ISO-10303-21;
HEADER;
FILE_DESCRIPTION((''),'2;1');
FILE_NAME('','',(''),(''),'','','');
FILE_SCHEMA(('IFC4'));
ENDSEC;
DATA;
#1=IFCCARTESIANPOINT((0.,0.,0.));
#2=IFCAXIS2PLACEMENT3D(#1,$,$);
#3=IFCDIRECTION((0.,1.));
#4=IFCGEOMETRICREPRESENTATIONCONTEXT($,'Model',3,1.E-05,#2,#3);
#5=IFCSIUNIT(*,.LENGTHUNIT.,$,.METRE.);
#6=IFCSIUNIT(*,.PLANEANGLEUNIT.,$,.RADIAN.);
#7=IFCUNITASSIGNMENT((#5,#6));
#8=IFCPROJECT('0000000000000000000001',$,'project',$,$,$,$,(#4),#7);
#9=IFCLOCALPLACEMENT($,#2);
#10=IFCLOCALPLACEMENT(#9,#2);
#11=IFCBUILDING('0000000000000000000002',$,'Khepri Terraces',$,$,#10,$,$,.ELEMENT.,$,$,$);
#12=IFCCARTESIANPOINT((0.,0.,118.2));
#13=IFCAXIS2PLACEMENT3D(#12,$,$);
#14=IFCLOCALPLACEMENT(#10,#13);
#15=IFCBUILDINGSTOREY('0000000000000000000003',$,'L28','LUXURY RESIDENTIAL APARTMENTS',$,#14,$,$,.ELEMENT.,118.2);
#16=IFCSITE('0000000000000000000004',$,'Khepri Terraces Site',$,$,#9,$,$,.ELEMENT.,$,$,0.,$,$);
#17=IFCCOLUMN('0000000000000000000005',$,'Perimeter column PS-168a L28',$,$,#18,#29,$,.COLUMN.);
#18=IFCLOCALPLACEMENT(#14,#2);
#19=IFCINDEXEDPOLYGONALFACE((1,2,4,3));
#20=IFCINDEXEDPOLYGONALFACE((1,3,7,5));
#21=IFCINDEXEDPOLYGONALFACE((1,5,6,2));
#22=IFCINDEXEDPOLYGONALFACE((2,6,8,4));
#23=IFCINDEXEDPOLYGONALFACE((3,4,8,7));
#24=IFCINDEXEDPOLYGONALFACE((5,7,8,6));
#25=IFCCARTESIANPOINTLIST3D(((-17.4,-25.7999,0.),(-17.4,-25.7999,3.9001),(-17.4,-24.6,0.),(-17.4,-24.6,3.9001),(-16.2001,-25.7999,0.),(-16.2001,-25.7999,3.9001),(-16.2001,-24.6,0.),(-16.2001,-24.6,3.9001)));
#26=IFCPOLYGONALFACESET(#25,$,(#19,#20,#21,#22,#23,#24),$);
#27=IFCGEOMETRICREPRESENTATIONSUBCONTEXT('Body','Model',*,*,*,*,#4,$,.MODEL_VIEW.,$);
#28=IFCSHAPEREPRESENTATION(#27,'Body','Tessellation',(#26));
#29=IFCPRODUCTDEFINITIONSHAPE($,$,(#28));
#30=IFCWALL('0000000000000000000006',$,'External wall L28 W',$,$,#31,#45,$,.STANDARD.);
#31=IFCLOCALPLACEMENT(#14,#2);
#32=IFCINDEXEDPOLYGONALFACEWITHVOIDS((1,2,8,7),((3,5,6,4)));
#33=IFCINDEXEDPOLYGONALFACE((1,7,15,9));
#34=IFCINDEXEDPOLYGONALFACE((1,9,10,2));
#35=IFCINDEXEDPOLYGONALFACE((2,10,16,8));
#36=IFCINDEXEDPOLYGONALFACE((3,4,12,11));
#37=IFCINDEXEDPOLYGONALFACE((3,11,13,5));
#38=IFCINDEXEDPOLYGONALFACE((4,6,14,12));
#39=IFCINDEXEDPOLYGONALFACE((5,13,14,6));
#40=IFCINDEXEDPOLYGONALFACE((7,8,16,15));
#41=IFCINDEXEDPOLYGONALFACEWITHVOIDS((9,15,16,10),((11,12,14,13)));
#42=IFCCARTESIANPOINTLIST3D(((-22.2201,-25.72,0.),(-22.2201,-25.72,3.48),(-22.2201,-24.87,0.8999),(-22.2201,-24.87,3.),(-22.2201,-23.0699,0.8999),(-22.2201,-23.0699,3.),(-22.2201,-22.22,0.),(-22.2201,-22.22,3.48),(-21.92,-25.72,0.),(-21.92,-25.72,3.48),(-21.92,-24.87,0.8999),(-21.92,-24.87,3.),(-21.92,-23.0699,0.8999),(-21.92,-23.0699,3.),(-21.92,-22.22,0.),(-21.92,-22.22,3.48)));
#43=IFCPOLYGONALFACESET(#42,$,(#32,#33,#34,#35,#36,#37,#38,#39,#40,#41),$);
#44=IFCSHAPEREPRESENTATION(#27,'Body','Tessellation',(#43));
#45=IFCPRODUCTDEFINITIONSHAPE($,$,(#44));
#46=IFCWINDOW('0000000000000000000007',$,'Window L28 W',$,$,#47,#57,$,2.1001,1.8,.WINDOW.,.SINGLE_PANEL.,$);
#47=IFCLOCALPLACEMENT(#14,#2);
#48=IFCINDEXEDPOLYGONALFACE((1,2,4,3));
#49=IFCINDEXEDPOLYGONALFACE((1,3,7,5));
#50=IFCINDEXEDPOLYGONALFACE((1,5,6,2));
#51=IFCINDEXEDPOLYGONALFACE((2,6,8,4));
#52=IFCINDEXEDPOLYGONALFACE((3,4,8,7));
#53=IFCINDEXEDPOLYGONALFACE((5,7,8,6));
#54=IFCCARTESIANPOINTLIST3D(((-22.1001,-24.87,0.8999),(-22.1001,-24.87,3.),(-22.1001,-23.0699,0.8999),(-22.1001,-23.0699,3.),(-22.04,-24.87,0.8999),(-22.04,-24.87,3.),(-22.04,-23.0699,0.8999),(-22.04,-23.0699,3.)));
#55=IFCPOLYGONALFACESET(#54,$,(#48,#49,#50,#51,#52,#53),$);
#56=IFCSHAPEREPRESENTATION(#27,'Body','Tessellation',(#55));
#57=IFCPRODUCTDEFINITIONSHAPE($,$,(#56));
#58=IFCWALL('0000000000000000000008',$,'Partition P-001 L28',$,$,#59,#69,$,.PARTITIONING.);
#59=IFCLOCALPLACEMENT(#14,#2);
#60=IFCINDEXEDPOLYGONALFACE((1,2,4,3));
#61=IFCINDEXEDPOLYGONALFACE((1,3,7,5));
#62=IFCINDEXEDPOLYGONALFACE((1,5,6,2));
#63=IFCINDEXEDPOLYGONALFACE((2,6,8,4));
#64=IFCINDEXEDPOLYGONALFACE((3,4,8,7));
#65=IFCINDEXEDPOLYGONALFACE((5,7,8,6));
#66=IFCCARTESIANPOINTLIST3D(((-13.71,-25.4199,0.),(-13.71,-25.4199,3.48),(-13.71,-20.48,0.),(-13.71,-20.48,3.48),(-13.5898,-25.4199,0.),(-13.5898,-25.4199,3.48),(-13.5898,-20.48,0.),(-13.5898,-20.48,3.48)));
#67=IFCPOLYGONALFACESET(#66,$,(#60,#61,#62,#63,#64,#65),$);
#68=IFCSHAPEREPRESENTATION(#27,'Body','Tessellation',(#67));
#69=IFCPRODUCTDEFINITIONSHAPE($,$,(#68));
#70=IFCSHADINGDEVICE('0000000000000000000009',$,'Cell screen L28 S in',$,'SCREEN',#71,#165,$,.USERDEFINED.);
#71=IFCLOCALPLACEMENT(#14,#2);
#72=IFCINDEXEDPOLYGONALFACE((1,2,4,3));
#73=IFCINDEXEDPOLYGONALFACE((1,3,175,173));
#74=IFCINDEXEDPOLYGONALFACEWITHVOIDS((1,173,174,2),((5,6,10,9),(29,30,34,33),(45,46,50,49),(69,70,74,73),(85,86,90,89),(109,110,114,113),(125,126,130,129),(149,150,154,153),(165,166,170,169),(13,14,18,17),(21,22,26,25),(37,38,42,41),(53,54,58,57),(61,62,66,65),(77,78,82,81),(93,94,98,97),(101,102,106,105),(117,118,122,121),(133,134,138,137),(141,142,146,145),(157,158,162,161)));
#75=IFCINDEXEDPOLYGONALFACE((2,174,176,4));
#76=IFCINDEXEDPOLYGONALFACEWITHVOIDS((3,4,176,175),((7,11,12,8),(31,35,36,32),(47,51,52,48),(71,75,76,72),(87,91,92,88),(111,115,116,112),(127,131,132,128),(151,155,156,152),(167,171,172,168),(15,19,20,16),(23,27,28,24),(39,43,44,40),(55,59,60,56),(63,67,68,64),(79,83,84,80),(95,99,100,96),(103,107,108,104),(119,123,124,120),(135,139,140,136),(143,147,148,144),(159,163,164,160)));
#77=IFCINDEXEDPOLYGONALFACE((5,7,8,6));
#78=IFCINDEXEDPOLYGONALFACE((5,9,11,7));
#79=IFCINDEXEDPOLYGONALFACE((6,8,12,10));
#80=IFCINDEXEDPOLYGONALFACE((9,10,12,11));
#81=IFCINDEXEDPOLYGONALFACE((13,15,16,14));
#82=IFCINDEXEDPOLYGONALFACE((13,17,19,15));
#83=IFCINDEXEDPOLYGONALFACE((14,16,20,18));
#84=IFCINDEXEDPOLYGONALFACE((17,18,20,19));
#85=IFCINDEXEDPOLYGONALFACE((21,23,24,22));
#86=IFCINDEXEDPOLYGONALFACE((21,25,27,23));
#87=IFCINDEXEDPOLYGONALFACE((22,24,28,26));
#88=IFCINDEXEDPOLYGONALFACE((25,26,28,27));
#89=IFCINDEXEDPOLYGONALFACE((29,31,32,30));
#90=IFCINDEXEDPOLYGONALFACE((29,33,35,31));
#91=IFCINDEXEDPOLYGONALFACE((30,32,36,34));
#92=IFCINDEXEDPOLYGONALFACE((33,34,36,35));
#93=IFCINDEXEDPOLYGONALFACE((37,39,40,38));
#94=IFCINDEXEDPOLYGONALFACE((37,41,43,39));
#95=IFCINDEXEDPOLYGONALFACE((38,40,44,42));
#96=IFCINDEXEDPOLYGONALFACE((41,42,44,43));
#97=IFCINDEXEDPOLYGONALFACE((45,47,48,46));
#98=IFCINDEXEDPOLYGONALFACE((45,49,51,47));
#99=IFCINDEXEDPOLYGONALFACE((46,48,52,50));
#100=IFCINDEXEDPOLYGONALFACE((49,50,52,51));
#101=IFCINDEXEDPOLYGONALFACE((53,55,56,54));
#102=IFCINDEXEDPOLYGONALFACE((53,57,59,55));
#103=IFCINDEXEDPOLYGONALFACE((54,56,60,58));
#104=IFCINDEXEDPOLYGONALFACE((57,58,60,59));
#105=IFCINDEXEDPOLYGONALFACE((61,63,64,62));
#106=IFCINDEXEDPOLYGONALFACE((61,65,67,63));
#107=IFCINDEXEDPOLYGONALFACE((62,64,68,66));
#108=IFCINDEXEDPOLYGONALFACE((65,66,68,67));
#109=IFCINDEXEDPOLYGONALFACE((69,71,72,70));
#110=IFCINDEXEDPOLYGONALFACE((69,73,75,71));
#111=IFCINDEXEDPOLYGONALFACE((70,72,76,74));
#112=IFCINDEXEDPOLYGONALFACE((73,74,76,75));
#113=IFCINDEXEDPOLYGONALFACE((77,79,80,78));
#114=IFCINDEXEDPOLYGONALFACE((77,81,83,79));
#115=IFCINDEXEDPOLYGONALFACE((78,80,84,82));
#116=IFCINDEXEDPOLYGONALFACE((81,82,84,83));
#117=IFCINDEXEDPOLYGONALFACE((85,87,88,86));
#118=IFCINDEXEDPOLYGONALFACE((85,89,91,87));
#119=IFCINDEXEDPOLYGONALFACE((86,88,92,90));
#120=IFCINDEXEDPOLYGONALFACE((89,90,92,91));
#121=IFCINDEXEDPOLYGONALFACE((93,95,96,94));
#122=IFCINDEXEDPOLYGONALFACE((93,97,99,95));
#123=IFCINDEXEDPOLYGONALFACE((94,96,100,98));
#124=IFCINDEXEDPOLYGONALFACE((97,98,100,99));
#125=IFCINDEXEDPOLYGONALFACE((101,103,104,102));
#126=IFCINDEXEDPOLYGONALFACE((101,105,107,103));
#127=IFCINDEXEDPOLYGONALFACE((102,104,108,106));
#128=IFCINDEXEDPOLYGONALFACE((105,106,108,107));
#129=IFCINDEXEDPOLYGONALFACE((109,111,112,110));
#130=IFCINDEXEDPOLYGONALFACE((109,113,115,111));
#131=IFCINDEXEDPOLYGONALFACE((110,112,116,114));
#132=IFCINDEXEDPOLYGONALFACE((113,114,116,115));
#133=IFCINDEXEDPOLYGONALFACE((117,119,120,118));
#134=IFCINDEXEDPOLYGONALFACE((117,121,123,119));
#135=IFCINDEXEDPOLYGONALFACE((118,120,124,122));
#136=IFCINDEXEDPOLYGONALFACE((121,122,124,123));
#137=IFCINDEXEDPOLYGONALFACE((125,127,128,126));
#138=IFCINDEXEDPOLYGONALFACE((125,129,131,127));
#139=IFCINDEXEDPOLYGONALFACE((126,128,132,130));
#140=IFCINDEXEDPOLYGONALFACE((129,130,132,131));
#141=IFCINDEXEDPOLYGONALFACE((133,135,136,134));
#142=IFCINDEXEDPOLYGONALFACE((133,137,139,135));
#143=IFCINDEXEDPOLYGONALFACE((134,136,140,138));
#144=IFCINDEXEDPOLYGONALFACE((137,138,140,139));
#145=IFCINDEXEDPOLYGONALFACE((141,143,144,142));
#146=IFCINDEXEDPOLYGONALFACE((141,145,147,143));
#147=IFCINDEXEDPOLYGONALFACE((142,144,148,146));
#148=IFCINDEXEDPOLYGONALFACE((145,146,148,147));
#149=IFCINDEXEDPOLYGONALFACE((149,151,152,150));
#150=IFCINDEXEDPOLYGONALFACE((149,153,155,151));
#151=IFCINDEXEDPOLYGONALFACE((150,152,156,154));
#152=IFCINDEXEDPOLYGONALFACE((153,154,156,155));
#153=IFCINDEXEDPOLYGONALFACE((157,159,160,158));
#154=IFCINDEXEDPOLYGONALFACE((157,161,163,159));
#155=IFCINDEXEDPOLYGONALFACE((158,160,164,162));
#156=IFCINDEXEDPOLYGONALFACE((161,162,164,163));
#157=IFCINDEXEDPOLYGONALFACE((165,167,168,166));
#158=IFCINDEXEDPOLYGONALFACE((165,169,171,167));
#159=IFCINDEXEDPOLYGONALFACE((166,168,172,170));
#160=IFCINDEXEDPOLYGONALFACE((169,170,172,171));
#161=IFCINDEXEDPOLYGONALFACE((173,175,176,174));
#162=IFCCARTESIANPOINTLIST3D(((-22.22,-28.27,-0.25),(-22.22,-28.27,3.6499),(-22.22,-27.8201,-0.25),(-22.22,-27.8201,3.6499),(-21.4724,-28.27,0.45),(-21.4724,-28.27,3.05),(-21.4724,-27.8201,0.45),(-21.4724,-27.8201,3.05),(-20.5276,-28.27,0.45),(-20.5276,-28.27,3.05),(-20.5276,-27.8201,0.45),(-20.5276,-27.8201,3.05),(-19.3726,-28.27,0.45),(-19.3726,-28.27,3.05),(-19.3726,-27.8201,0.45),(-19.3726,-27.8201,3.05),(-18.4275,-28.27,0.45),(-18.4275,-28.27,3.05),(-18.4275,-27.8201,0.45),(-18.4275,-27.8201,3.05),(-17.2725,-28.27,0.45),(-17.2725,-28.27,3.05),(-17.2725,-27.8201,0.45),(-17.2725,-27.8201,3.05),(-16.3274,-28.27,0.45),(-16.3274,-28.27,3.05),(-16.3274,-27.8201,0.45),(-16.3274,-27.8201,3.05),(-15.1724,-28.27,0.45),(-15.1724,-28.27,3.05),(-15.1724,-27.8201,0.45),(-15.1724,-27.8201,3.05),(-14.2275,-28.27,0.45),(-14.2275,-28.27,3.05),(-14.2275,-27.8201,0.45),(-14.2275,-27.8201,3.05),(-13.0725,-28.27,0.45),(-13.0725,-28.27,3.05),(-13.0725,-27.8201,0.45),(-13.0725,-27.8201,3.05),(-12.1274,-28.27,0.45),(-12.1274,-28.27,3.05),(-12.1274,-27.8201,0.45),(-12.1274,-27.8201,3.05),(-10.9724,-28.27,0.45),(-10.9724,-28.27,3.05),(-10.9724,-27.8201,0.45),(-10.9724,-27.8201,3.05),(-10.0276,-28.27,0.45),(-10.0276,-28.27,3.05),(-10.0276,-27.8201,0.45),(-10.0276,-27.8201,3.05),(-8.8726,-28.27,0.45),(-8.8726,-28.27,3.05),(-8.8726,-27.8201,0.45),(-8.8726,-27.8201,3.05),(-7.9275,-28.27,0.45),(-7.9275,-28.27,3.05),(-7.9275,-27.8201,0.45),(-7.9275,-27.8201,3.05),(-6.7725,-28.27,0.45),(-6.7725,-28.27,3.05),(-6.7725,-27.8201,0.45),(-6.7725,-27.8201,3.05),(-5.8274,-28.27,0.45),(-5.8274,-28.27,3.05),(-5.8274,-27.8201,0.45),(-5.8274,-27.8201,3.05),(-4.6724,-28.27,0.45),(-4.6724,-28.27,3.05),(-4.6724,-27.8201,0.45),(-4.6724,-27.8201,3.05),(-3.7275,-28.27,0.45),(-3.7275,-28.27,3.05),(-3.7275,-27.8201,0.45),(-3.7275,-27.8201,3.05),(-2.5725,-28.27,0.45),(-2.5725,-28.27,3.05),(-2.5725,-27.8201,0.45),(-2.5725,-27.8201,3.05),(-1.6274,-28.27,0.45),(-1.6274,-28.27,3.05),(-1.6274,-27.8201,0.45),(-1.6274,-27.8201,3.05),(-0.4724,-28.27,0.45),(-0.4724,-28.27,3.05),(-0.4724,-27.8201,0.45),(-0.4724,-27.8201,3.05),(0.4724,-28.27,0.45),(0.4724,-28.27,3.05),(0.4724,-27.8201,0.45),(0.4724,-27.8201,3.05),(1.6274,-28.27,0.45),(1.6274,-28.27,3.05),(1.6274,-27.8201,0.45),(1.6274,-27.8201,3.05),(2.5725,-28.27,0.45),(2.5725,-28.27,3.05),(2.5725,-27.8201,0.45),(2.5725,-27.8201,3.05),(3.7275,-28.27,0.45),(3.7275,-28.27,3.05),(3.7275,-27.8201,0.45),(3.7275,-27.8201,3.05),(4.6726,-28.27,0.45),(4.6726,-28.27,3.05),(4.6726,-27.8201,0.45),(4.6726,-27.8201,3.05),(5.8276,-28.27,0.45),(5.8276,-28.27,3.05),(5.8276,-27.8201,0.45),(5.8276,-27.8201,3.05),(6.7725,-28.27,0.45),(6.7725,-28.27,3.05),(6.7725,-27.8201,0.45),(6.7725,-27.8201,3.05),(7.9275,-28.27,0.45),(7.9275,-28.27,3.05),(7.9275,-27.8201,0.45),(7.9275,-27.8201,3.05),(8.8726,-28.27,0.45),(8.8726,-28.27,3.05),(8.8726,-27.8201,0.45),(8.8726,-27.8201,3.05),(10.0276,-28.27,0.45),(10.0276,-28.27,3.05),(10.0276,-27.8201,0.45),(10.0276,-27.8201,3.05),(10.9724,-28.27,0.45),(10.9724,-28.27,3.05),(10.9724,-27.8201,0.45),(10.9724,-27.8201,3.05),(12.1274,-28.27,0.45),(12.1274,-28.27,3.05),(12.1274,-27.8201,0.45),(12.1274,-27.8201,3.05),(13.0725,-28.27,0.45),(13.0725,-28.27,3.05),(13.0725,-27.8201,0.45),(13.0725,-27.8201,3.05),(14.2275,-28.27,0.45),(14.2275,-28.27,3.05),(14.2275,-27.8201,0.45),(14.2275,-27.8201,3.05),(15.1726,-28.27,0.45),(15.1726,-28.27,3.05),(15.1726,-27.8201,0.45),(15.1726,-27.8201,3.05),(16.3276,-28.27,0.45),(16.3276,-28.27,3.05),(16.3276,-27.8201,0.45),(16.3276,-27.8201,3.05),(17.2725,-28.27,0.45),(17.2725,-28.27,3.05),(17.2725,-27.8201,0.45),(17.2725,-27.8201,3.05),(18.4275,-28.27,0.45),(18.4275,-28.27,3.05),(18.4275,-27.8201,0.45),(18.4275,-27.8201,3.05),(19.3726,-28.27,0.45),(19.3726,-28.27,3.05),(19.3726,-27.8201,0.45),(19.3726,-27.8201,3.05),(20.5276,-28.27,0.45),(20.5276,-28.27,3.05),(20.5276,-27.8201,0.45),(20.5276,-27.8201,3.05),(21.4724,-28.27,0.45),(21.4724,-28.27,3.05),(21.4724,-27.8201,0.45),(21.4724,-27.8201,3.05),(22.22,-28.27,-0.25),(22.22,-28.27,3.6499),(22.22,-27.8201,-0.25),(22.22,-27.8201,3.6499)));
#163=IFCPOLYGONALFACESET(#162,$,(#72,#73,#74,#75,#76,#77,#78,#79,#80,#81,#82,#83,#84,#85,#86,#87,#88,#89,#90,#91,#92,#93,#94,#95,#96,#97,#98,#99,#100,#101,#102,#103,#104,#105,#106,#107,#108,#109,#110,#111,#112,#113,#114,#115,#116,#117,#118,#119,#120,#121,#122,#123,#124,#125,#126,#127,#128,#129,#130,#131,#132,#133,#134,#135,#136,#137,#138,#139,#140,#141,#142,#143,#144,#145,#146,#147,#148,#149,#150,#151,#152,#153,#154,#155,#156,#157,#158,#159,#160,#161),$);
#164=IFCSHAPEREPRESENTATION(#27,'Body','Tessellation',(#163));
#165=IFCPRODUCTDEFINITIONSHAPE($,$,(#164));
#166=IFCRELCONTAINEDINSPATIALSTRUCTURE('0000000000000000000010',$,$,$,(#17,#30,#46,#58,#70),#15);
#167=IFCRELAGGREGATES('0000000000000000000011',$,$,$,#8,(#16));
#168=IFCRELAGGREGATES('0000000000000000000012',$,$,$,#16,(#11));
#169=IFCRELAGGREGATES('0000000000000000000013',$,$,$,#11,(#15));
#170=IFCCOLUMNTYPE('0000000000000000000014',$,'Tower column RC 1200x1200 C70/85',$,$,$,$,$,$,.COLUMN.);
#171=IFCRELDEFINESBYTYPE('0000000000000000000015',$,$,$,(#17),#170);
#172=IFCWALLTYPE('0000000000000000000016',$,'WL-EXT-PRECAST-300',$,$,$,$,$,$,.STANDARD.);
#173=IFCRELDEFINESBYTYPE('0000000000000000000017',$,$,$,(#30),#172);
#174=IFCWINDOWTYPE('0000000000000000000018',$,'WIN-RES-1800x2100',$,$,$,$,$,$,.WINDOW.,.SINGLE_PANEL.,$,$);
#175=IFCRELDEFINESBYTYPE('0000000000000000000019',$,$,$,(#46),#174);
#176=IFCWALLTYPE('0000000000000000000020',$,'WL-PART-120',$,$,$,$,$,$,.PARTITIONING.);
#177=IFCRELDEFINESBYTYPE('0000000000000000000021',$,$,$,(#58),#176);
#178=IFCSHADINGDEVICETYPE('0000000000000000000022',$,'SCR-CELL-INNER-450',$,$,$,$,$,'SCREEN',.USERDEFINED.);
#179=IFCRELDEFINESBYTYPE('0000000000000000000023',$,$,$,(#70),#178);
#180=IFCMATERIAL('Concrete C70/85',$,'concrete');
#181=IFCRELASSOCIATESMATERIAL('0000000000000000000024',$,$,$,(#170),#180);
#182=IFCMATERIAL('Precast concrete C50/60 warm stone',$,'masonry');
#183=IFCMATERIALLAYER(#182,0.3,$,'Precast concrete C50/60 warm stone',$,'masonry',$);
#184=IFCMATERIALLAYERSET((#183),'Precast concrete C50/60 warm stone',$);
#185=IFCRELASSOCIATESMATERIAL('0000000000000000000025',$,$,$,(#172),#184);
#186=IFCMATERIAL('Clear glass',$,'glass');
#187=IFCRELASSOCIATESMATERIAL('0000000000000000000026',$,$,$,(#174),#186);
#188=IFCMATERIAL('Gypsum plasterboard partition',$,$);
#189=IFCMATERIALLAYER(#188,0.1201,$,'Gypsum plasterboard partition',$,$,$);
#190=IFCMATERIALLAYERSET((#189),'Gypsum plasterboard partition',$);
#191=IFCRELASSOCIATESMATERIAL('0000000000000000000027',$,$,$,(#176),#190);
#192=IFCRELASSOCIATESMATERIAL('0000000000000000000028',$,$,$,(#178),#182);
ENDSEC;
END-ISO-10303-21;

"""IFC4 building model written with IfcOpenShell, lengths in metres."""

from ifc_helpers import new_model, si_unit, direction, frame, frame_2d, origin, origin_2d, place, context, subcontext, project, spatial, polyline, rectangle, outline, extrude, material, layer, layer_set, material_profile, profile_set, type_object, element, fill, save


model = new_model("IFC4")

# Units and contexts
model_context = context("Model", 3, precision=1e-05, world=origin(), true_north=direction((0.0, 1.0)))
body_context = subcontext(model_context, "Body", "Model", "MODEL_VIEW")
ifc_project = project(units=[si_unit("LENGTHUNIT", "METRE"), si_unit("PLANEANGLEUNIT", "RADIAN")], contexts=[model_context])

# Site, building, storey
site_placement = place(None, origin())
site = spatial("IfcSite", under=ifc_project, at=site_placement, Name="Khepri Terraces Site", CompositionType="ELEMENT", RefElevation=0.0)
building_placement = place(site_placement, origin())
building = spatial("IfcBuilding", under=site, at=building_placement, Name="Khepri Terraces", CompositionType="ELEMENT")
storey_placement = place(building_placement, frame((0.0, 0.0, 118.2)))
storey = spatial("IfcBuildingStorey", under=building, at=storey_placement, Name="L28", Description="LUXURY RESIDENTIAL APARTMENTS", CompositionType="ELEMENT", Elevation=118.2)

# Column
ifc_material_1 = material(Name="Concrete C70/85", Category="concrete")
ifc_material_profile = material_profile(ifc_material_1, rectangle(XDim=1.2, YDim=1.2, at=origin_2d()), Name="Concrete C70/85", Category="concrete")
ifc_profile_set = profile_set([ifc_material_profile], Name="Concrete C70/85")
column_type = type_object("IfcColumnType", Name="Tower column RC 1200x1200 C70/85", PredefinedType="COLUMN", material=ifc_profile_set)
column_placement = place(storey_placement, frame((-16.8, -25.2, 0.0), z_axis=(0.0, 0.0, 1.0), x_axis=(1.0, 0.0, 0.0)))
element("IfcColumn", 1, at=column_placement, inside=storey, type_object=column_type, Name="Perimeter column PS-168a L28", PredefinedType="COLUMN", context=body_context, shape_type="SweptSolid", body=[
    extrude(rectangle(XDim=1.2, YDim=1.2, at=origin_2d()), origin(), (0.0, 0.0, 1.0), 3.9001),
])

# Wall, opening, window
ifc_material_2 = material(Name="Precast concrete C50/60 warm stone", Category="masonry")
ifc_layer_1 = layer(ifc_material_2, 0.3, Name="Precast concrete C50/60 warm stone", Category="masonry")
ifc_layer_set_1 = layer_set([ifc_layer_1], Name="Precast concrete C50/60 warm stone")
wall_type_1 = type_object("IfcWallType", Name="WL-EXT-PRECAST-300", PredefinedType="STANDARD", material=ifc_layer_set_1)
wall_1_placement = place(storey_placement, frame((-22.0701, -22.22, 0.0), z_axis=(0.0, 0.0, 1.0), x_axis=(0.0, -1.0, 0.0)))
wall_1 = element("IfcWall", 2, at=wall_1_placement, inside=storey, type_object=wall_type_1, Name="External wall L28 W", PredefinedType="STANDARD", context=body_context, shape_type="SweptSolid", body=[
    extrude(rectangle(XDim=3.5, YDim=0.3, at=frame_2d((1.75, 0.0))), origin(), (0.0, 0.0, 1.0), 3.48),
])
opening_1_placement = place(wall_1_placement, frame((0.8501, 0.0, 0.8999)))
opening_1 = element("IfcOpeningElement", 3, at=opening_1_placement, cuts=wall_1, PredefinedType="OPENING", context=body_context, shape_type="SweptSolid", body=[
    extrude(rectangle(XDim=1.8, YDim=2.1001, at=frame_2d((0.8999, 1.05))), frame((0.0, 0.1602, 0.0), z_axis=(0.0, -1.0, 0.0), x_axis=(1.0, 0.0, 0.0)), (0.0, 0.0, 1.0), 0.3201),
])
ifc_material_3 = material(Name="Clear glass", Category="glass")
window_type = type_object("IfcWindowType", Name="WIN-RES-1800x2100", PartitioningType="SINGLE_PANEL", PredefinedType="WINDOW", material=ifc_material_3)
window_1_placement = place(opening_1_placement, origin())
window_1 = element("IfcWindow", 4, at=window_1_placement, inside=storey, type_object=window_type, Name="Window L28 W", OverallHeight=2.1001, OverallWidth=1.8, PartitioningType="SINGLE_PANEL", PredefinedType="WINDOW", context=body_context, shape_type="SweptSolid", body=[
    extrude(rectangle(XDim=1.8, YDim=2.1001, at=frame_2d((0.8999, 1.05))), frame((0.0, 0.03, 0.0), z_axis=(0.0, -1.0, 0.0), x_axis=(1.0, 0.0, 0.0)), (0.0, 0.0, 1.0), 0.0601),
])
fill(opening_1, window_1)

# Wall
ifc_material_4 = material(Name="Gypsum plasterboard partition")
ifc_layer_2 = layer(ifc_material_4, 0.1201, Name="Gypsum plasterboard partition")
ifc_layer_set_2 = layer_set([ifc_layer_2], Name="Gypsum plasterboard partition")
wall_type_2 = type_object("IfcWallType", Name="WL-PART-120", PredefinedType="PARTITIONING", material=ifc_layer_set_2)
wall_2_placement = place(storey_placement, frame((-13.6499, -25.4199, 0.0), z_axis=(0.0, 0.0, 1.0), x_axis=(0.0, 1.0, 0.0)))
element("IfcWall", 5, at=wall_2_placement, inside=storey, type_object=wall_type_2, Name="Partition P-001 L28", PredefinedType="PARTITIONING", context=body_context, shape_type="SweptSolid", body=[
    extrude(rectangle(XDim=4.9399, YDim=0.1201, at=frame_2d((2.47, 0.0))), origin(), (0.0, 0.0, 1.0), 3.48),
])

# Shading device
shading_device_type_1 = type_object("IfcShadingDeviceType", Name="SCR-CELL-INNER-450", ElementType="SCREEN", PredefinedType="USERDEFINED", material=ifc_material_2)
shading_device_1_placement = place(storey_placement, frame((-22.22, -27.8201, -0.25), z_axis=(0.0, -1.0, 0.0), x_axis=(1.0, 0.0, 0.0)))
element("IfcShadingDevice", 6, at=shading_device_1_placement, inside=storey, type_object=shading_device_type_1, Name="Cell screen L28 S in", ObjectType="SCREEN", PredefinedType="USERDEFINED", context=body_context, shape_type="SweptSolid", body=[
    extrude(outline(polyline([(0.0, 0.0), (44.4399, 0.0), (44.4399, 3.8999), (0.0, 3.8999), (0.0, 0.0)]), holes=[polyline([(0.7476, 0.7), (1.6924, 0.7), (1.6924, 3.3), (0.7476, 3.3), (0.7476, 0.7)]), polyline([(2.8474, 0.7), (3.7925, 0.7), (3.7925, 3.3), (2.8474, 3.3), (2.8474, 0.7)]), polyline([(4.9475, 0.7), (5.8926, 0.7), (5.8926, 3.3), (4.9475, 3.3), (4.9475, 0.7)]), polyline([(7.0476, 0.7), (7.9924, 0.7), (7.9924, 3.3), (7.0476, 3.3), (7.0476, 0.7)]), polyline([(9.1475, 0.7), (10.0925, 0.7), (10.0925, 3.3), (9.1475, 3.3), (9.1475, 0.7)]), polyline([(11.2476, 0.7), (12.1924, 0.7), (12.1924, 3.3), (11.2476, 3.3), (11.2476, 0.7)]), polyline([(13.3474, 0.7), (14.2925, 0.7), (14.2925, 3.3), (13.3474, 3.3), (13.3474, 0.7)]), polyline([(15.4475, 0.7), (16.3926, 0.7), (16.3926, 3.3), (15.4475, 3.3), (15.4475, 0.7)]), polyline([(17.5476, 0.7), (18.4924, 0.7), (18.4924, 3.3), (17.5476, 3.3), (17.5476, 0.7)]), polyline([(19.6475, 0.7), (20.5925, 0.7), (20.5925, 3.3), (19.6475, 3.3), (19.6475, 0.7)]), polyline([(21.7476, 0.7), (22.6924, 0.7), (22.6924, 3.3), (21.7476, 3.3), (21.7476, 0.7)]), polyline([(23.8474, 0.7), (24.7925, 0.7), (24.7925, 3.3), (23.8474, 3.3), (23.8474, 0.7)]), polyline([(25.9475, 0.7), (26.8926, 0.7), (26.8926, 3.3), (25.9475, 3.3), (25.9475, 0.7)]), polyline([(28.0476, 0.7), (28.9924, 0.7), (28.9924, 3.3), (28.0476, 3.3), (28.0476, 0.7)]), polyline([(30.1475, 0.7), (31.0925, 0.7), (31.0925, 3.3), (30.1475, 3.3), (30.1475, 0.7)]), polyline([(32.2476, 0.7), (33.1924, 0.7), (33.1924, 3.3), (32.2476, 3.3), (32.2476, 0.7)]), polyline([(34.3474, 0.7), (35.2925, 0.7), (35.2925, 3.3), (34.3474, 3.3), (34.3474, 0.7)]), polyline([(36.4475, 0.7), (37.3926, 0.7), (37.3926, 3.3), (36.4475, 3.3), (36.4475, 0.7)]), polyline([(38.5476, 0.7), (39.4924, 0.7), (39.4924, 3.3), (38.5476, 3.3), (38.5476, 0.7)]), polyline([(40.6475, 0.7), (41.5925, 0.7), (41.5925, 3.3), (40.6475, 3.3), (40.6475, 0.7)]), polyline([(42.7476, 0.7), (43.6924, 0.7), (43.6924, 3.3), (42.7476, 3.3), (42.7476, 0.7)])]), origin(), (0.0, 0.0, 1.0), 0.45),
])

save(model, "model.ifc")
